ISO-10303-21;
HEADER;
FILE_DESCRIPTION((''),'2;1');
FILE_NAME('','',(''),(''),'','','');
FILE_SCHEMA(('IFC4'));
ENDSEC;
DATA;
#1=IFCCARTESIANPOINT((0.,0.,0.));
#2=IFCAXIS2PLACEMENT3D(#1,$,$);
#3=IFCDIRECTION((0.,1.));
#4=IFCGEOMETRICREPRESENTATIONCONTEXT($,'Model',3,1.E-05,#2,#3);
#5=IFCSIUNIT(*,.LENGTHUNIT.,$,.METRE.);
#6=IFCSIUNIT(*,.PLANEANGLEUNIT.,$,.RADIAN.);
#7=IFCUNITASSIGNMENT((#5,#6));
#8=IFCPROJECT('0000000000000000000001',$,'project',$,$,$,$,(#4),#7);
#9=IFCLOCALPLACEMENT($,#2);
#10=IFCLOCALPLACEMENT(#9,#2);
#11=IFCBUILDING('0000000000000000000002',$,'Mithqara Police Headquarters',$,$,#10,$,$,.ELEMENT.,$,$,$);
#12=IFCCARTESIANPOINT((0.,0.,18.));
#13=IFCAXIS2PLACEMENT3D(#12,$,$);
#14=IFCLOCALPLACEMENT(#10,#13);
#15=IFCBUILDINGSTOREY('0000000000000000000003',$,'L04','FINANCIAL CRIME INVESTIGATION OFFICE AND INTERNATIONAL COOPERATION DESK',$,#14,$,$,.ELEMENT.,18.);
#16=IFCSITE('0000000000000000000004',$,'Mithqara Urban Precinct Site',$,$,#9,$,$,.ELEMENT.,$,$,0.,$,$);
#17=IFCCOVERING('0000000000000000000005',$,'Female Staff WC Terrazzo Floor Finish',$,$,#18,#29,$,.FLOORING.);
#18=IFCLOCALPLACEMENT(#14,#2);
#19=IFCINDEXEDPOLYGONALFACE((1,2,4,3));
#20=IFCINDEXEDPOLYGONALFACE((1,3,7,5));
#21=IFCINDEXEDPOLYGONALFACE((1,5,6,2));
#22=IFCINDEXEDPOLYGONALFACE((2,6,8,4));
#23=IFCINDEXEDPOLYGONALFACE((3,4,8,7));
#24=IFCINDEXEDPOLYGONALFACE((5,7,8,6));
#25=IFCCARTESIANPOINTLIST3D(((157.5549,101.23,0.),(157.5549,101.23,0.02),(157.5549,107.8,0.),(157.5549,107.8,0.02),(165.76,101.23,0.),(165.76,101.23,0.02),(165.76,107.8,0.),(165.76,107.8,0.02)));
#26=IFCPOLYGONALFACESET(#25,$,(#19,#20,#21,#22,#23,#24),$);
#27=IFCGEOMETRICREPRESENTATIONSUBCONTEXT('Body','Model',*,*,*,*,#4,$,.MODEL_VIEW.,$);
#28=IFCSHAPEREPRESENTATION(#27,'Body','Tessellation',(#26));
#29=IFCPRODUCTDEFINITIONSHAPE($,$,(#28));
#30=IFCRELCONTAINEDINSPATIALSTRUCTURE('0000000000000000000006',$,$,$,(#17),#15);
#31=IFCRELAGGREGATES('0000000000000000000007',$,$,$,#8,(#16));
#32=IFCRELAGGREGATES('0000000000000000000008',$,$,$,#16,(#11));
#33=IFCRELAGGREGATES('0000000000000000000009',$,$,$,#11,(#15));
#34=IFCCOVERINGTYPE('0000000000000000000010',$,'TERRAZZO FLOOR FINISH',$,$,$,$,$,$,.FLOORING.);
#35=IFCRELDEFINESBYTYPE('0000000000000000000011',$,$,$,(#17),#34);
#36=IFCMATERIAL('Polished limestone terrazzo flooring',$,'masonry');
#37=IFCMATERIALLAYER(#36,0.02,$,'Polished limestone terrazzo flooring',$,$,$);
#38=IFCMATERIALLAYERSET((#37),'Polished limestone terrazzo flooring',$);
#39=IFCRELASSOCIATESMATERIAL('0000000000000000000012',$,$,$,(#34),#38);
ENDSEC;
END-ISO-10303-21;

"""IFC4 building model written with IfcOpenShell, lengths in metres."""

from ifc_helpers import new_model, si_unit, direction, frame, origin, place, context, subcontext, project, spatial, polyline, outline, extrude, material, layer, layer_set, type_object, element, save


model = new_model("IFC4")

# Units and contexts
model_context = context("Model", 3, precision=1e-05, world=origin(), true_north=direction((0.0, 1.0)))
body_context = subcontext(model_context, "Body", "Model", "MODEL_VIEW")
ifc_project = project(units=[si_unit("LENGTHUNIT", "METRE"), si_unit("PLANEANGLEUNIT", "RADIAN")], contexts=[model_context])

# Site, building, storey
site_placement = place(None, origin())
site = spatial("IfcSite", under=ifc_project, at=site_placement, Name="Mithqara Urban Precinct Site", CompositionType="ELEMENT", RefElevation=0.0)
building_placement = place(site_placement, origin())
building = spatial("IfcBuilding", under=site, at=building_placement, Name="Mithqara Police Headquarters", CompositionType="ELEMENT")
storey_placement = place(building_placement, frame((0.0, 0.0, 18.0)))
storey = spatial("IfcBuildingStorey", under=building, at=storey_placement, Name="L04", Description="FINANCIAL CRIME INVESTIGATION OFFICE AND INTERNATIONAL COOPERATION DESK", CompositionType="ELEMENT", Elevation=18.0)

# Covering
ifc_material_1 = material(Name="Polished limestone terrazzo flooring", Category="masonry")
ifc_layer_1 = layer(ifc_material_1, 0.02, Name="Polished limestone terrazzo flooring")
ifc_layer_set_1 = layer_set([ifc_layer_1], Name="Polished limestone terrazzo flooring")
covering_type_1 = type_object("IfcCoveringType", Name="TERRAZZO FLOOR FINISH", PredefinedType="FLOORING", material=ifc_layer_set_1)
covering_1_placement = place(storey_placement, origin())
element("IfcCovering", 1, at=covering_1_placement, inside=storey, type_object=covering_type_1, Name="Female Staff WC Terrazzo Floor Finish", PredefinedType="FLOORING", context=body_context, shape_type="SweptSolid", body=[
    extrude(outline(polyline([(157.5549, 101.23), (165.76, 101.23), (165.76, 107.8), (157.5549, 107.8), (157.5549, 101.23)])), origin(), (0.0, 0.0, 1.0), 0.02),
])

save(model, "model.ifc")
